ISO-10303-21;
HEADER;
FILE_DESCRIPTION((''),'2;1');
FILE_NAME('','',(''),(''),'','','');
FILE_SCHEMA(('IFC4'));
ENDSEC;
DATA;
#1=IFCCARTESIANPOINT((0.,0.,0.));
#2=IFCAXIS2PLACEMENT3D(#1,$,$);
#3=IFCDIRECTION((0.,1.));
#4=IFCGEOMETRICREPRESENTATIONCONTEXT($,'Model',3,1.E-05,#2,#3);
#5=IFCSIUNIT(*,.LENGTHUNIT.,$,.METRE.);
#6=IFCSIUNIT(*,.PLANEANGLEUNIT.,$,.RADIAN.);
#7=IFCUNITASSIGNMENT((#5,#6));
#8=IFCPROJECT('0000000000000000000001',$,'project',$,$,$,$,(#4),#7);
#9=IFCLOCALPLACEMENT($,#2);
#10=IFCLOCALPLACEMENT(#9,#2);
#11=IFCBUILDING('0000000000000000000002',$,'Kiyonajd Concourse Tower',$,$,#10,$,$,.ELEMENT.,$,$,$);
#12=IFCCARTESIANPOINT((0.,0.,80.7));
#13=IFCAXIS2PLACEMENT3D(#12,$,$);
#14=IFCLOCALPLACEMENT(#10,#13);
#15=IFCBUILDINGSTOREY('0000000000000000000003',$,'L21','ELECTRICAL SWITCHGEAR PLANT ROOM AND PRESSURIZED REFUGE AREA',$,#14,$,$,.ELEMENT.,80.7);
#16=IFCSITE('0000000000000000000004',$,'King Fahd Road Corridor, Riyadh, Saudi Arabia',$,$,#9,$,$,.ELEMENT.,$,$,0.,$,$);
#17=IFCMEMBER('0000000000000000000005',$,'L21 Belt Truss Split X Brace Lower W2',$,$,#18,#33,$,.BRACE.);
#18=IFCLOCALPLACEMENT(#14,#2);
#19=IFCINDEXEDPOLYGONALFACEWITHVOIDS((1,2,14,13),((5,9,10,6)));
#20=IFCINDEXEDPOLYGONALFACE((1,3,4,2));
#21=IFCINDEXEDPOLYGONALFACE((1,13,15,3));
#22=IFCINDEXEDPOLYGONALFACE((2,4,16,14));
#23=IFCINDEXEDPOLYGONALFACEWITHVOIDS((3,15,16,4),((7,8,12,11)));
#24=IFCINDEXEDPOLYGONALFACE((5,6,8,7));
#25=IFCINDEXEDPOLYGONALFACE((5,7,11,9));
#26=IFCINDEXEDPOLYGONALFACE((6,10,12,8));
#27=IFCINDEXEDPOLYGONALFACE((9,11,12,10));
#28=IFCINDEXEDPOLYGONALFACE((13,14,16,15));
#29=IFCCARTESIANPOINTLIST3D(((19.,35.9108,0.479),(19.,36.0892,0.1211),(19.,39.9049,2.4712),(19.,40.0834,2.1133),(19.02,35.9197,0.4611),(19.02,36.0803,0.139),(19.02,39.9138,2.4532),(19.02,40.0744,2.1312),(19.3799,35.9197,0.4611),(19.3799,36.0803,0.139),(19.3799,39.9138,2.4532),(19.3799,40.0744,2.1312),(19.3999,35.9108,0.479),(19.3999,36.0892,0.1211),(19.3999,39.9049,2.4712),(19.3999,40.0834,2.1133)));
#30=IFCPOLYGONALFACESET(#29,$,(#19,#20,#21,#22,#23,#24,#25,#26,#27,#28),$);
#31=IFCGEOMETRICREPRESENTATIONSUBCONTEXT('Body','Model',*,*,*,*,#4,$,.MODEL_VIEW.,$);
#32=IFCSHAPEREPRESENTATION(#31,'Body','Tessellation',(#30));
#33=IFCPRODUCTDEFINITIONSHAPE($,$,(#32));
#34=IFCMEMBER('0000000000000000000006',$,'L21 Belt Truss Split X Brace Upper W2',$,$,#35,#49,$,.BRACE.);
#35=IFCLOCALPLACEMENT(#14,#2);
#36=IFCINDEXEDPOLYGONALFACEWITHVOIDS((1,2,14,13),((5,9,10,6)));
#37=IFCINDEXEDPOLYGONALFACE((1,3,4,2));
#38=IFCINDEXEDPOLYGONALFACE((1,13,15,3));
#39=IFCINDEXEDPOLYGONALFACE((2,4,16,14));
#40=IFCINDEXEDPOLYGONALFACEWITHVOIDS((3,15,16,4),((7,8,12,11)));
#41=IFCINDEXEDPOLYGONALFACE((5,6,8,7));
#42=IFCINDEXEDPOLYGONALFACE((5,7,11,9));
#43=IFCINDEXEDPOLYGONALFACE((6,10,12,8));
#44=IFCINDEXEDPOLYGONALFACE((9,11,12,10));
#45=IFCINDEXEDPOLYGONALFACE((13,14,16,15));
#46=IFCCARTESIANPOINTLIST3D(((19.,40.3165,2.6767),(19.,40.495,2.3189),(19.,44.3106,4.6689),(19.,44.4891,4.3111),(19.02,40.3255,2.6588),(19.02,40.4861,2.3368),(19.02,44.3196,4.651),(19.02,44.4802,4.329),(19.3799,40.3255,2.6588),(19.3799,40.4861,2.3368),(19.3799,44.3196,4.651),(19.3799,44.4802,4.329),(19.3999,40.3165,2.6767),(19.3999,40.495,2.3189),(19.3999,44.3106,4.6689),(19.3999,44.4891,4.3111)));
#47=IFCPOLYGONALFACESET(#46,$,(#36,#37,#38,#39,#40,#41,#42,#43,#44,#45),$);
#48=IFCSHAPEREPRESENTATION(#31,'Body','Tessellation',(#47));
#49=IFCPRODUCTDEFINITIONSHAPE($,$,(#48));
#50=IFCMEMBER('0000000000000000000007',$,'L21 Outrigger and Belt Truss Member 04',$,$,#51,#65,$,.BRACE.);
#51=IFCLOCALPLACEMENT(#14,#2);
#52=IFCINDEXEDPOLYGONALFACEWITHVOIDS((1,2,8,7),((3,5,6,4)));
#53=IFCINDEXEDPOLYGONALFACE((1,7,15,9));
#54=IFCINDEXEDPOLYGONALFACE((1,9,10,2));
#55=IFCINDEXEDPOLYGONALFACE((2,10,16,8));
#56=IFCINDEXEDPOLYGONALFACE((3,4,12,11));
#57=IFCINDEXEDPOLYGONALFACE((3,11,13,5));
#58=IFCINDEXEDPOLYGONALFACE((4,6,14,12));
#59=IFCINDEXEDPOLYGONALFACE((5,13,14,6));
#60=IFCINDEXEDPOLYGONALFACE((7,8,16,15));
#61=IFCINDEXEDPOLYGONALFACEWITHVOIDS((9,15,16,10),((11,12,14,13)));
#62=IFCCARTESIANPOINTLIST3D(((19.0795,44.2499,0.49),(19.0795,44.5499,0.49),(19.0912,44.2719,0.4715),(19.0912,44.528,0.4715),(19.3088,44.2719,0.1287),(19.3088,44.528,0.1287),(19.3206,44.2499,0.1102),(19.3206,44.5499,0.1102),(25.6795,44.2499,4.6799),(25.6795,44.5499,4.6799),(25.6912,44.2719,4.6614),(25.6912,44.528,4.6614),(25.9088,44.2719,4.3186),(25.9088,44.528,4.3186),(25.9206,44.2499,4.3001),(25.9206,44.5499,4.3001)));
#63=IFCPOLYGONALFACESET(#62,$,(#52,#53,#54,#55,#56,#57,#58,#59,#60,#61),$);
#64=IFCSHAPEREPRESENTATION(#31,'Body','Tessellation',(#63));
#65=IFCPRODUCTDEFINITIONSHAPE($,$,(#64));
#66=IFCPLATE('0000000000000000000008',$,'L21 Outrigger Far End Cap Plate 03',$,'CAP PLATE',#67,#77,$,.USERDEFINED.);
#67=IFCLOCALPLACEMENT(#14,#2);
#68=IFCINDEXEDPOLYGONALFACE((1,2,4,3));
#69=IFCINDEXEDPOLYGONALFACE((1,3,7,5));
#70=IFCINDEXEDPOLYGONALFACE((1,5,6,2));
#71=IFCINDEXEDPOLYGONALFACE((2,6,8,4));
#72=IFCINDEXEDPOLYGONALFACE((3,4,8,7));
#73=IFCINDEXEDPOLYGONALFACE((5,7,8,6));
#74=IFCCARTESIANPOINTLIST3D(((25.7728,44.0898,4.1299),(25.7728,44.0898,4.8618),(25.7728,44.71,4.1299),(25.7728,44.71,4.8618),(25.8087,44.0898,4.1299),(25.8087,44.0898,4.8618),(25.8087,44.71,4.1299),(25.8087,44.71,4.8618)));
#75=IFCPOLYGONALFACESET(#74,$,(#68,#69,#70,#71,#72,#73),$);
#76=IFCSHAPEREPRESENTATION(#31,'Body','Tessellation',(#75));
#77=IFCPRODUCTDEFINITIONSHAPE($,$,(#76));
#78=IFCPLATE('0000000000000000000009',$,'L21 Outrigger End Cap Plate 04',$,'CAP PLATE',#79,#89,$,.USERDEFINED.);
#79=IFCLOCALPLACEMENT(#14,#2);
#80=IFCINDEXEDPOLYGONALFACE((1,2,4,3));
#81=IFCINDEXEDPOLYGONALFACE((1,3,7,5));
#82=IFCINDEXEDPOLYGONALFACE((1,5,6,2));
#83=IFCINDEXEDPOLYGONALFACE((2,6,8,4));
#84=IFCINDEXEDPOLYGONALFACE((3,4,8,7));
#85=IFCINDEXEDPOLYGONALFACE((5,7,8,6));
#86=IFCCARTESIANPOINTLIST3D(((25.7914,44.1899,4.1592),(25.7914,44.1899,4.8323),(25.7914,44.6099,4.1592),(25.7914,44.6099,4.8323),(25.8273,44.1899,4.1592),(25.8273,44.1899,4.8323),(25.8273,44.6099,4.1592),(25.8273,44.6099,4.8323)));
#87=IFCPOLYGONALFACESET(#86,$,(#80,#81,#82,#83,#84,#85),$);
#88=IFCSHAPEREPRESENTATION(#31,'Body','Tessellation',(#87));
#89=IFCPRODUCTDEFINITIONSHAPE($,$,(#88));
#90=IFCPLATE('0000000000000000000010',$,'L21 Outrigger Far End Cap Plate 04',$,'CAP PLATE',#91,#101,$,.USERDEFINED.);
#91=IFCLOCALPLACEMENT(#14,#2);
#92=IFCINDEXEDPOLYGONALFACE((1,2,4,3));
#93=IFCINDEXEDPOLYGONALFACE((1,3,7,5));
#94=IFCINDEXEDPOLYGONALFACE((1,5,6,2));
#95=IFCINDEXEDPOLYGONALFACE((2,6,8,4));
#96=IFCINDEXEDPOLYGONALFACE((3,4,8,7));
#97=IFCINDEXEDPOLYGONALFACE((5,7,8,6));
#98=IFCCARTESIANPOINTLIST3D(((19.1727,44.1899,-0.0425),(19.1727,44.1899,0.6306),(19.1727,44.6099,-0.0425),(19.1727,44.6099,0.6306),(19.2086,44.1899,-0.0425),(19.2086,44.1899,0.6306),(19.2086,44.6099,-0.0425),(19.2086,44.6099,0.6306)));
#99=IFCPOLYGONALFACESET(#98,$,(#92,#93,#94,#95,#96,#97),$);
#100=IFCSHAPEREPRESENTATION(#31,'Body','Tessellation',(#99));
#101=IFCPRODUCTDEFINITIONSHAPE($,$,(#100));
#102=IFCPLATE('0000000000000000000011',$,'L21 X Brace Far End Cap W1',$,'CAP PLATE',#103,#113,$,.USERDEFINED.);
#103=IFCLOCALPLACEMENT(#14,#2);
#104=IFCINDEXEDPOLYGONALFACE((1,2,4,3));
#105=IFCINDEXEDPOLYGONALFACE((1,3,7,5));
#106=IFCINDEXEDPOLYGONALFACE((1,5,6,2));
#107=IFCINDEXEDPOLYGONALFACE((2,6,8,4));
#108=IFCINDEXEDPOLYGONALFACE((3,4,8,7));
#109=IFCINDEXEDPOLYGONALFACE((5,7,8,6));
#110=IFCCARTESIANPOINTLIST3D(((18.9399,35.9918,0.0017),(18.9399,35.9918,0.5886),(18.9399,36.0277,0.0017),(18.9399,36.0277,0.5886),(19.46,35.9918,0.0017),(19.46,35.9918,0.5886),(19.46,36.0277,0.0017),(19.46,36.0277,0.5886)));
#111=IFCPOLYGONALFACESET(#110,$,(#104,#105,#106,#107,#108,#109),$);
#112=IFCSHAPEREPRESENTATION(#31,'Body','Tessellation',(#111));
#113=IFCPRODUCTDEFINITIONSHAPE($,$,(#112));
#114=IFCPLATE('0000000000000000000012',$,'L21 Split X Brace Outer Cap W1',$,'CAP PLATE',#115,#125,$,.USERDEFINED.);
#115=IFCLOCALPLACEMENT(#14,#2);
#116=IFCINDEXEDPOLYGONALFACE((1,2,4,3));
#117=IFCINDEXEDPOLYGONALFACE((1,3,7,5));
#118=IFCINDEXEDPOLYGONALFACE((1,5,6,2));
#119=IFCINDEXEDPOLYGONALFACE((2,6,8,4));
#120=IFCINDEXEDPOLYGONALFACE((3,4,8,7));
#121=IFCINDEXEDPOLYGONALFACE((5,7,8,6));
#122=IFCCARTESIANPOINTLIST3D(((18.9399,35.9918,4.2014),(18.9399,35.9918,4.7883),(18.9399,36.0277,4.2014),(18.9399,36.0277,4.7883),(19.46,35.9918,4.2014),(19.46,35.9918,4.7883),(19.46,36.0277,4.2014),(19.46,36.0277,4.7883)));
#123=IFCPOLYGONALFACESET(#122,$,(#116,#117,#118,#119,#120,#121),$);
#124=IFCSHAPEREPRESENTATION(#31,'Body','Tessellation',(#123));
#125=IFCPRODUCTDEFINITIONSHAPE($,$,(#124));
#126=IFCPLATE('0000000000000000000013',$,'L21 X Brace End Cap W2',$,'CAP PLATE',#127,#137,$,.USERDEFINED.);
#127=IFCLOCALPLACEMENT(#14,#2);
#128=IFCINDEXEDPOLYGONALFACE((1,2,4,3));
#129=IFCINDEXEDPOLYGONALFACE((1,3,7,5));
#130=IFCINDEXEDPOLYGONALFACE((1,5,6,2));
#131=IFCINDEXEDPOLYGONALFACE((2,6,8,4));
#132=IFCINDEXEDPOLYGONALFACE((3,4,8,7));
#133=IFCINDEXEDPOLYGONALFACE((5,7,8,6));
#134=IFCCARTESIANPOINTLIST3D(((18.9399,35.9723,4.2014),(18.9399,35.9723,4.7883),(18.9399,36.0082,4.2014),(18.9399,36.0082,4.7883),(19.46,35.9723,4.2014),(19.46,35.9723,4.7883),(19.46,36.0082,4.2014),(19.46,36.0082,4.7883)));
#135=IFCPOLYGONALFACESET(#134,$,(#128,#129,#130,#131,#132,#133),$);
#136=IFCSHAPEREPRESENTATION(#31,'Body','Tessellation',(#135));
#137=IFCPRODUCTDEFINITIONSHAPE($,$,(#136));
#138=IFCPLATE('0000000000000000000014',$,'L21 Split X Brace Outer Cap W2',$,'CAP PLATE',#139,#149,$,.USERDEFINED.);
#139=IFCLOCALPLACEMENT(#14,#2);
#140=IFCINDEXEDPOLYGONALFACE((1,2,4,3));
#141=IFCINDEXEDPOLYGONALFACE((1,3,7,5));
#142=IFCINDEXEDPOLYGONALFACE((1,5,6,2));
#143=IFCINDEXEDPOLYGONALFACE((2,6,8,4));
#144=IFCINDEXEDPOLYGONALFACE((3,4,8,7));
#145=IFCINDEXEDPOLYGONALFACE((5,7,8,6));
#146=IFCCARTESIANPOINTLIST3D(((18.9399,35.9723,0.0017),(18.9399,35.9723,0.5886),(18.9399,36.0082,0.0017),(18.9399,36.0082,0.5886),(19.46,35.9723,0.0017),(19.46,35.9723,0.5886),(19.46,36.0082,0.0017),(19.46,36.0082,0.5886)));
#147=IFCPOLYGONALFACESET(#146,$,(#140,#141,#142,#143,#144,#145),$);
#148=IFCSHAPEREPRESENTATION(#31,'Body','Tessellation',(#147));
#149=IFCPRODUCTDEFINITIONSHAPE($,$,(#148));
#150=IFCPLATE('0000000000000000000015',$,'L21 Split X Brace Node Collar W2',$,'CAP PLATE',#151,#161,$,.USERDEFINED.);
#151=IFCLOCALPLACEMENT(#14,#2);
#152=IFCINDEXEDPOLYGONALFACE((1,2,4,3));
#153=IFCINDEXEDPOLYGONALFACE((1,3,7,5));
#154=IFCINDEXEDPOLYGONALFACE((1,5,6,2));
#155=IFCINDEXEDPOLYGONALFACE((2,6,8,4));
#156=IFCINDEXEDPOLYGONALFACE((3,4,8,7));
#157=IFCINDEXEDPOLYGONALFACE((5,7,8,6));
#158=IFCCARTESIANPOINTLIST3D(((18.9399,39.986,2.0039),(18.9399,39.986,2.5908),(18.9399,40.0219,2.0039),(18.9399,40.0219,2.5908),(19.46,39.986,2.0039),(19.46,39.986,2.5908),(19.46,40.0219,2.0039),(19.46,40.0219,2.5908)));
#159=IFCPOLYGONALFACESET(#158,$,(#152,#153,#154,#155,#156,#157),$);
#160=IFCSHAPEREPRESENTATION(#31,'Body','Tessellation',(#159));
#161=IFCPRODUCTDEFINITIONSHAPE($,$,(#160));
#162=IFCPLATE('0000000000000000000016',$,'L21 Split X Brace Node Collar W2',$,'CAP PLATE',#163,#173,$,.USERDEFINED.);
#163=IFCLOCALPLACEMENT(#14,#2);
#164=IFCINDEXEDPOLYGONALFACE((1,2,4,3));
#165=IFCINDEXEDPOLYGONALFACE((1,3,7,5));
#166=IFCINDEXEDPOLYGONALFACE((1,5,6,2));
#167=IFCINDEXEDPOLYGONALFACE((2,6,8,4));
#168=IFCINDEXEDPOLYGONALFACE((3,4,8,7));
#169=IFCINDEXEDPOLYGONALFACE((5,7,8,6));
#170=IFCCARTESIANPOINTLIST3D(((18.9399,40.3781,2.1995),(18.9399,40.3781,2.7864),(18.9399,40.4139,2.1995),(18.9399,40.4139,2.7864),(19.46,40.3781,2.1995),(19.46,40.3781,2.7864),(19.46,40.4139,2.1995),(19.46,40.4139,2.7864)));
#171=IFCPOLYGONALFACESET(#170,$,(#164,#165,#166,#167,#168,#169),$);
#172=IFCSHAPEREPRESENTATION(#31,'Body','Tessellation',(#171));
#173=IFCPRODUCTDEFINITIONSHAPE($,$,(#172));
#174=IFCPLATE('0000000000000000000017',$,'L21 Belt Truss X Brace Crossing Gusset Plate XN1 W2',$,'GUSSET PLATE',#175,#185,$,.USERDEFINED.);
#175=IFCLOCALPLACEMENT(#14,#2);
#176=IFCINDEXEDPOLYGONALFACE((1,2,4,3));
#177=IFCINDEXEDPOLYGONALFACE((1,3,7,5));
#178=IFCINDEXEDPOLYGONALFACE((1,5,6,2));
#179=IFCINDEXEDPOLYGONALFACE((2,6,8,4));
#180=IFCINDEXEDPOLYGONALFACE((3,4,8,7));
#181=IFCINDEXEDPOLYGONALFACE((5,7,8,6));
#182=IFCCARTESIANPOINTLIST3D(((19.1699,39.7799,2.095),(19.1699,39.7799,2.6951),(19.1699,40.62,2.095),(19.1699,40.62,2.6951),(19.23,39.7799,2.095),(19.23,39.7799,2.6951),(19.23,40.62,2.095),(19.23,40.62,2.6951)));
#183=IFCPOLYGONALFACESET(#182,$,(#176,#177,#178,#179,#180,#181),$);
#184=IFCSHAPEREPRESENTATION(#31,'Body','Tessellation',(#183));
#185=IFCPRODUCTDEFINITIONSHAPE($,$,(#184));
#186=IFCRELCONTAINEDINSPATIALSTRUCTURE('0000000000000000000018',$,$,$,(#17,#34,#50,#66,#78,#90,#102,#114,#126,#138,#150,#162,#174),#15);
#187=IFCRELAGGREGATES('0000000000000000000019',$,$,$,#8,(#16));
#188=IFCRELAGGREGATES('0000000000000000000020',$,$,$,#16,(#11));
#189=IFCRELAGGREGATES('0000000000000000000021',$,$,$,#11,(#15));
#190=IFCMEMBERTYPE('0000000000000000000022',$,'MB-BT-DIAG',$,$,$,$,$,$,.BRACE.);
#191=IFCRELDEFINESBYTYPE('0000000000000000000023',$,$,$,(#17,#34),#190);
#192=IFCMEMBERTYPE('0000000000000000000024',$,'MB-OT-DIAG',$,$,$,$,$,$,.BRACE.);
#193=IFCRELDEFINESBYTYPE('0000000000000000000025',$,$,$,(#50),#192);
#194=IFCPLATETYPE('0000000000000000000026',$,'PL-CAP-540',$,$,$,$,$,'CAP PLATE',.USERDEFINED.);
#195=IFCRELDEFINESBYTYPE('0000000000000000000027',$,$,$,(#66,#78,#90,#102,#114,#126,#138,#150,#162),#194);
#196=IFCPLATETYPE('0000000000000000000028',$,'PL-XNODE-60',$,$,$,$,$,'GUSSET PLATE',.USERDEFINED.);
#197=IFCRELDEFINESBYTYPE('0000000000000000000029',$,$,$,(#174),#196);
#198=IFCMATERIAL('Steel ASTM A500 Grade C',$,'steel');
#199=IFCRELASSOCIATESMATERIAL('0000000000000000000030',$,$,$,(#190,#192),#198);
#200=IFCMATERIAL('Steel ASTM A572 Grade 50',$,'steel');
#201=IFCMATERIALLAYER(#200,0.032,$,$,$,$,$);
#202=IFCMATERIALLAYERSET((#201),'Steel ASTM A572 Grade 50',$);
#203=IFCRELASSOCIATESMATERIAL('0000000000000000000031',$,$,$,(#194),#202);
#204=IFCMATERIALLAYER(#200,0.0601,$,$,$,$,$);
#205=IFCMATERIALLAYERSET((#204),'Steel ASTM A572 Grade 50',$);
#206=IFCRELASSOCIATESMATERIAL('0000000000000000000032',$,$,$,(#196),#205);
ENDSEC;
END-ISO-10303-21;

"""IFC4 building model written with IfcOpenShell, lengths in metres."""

from ifc_helpers import new_model, si_unit, direction, frame, origin, origin_2d, place, context, subcontext, project, spatial, rectangle, hollow_rectangle, extrude, material, layer, layer_set, material_profile, profile_set, type_object, element, save


model = new_model("IFC4")

# Units and contexts
model_context = context("Model", 3, precision=1e-05, world=origin(), true_north=direction((0.0, 1.0)))
body_context = subcontext(model_context, "Body", "Model", "MODEL_VIEW")
ifc_project = project(units=[si_unit("LENGTHUNIT", "METRE"), si_unit("PLANEANGLEUNIT", "RADIAN")], contexts=[model_context])

# Site, building, storey
site_placement = place(None, origin())
site = spatial("IfcSite", under=ifc_project, at=site_placement, Name="King Fahd Road Corridor, Riyadh, Saudi Arabia", CompositionType="ELEMENT", RefElevation=0.0)
building_placement = place(site_placement, origin())
building = spatial("IfcBuilding", under=site, at=building_placement, Name="Kiyonajd Concourse Tower", CompositionType="ELEMENT")
storey_placement = place(building_placement, frame((0.0, 0.0, 80.7)))
storey = spatial("IfcBuildingStorey", under=building, at=storey_placement, Name="L21", Description="ELECTRICAL SWITCHGEAR PLANT ROOM AND PRESSURIZED REFUGE AREA", CompositionType="ELEMENT", Elevation=80.7)

# Members
ifc_material_1 = material(Name="Steel ASTM A500 Grade C", Category="steel")
ifc_material_profile_1 = material_profile(ifc_material_1, hollow_rectangle(XDim=0.3999, YDim=0.3999, WallThickness=0.02, at=origin_2d()), Name="HSS-400x400x20")
ifc_profile_set_1 = profile_set([ifc_material_profile_1], Name="Steel ASTM A500 Grade C")
member_type_1 = type_object("IfcMemberType", Name="MB-BT-DIAG", PredefinedType="BRACE", material=ifc_profile_set_1)
for number, where, z_axis, x_axis, name in (
    (1, (19.2, 36.0, 0.3), (0.0, 0.894864, 0.446338), (-1.0, 0.0, 0.0), "L21 Belt Truss Split X Brace Lower W2"),
    (2, (19.2, 40.4058, 2.4978), (0.0, 0.894864, 0.446338), (-1.0, 0.0, 0.0), "L21 Belt Truss Split X Brace Upper W2"),
):
    element("IfcMember", number, at=place(storey_placement, frame(where, z_axis=z_axis, x_axis=x_axis)), inside=storey, type_object=member_type_1, Name=name, PredefinedType="BRACE", context=body_context, shape_type="SweptSolid", body=[
        extrude(hollow_rectangle(XDim=0.3999, YDim=0.3999, WallThickness=0.02, at=origin_2d()), origin(), (0.0, 0.0, 1.0), 4.4634),
    ])
ifc_material_profile_2 = material_profile(ifc_material_1, hollow_rectangle(XDim=0.3, YDim=0.45, WallThickness=0.022, at=origin_2d()), Name="HSS-450x300x22")
ifc_profile_set_2 = profile_set([ifc_material_profile_2], Name="Steel ASTM A500 Grade C")
member_type_2 = type_object("IfcMemberType", Name="MB-OT-DIAG", PredefinedType="BRACE", material=ifc_profile_set_2)
member_1_placement = place(storey_placement, frame((25.8, 44.3999, 4.49), z_axis=(-0.844247, 0.0, -0.535954), x_axis=(0.0, -1.0, 0.0)))
element("IfcMember", 3, at=member_1_placement, inside=storey, type_object=member_type_2, Name="L21 Outrigger and Belt Truss Member 04", PredefinedType="BRACE", context=body_context, shape_type="SweptSolid", body=[
    extrude(hollow_rectangle(XDim=0.3, YDim=0.45, WallThickness=0.022, at=origin_2d()), origin(), (0.0, 0.0, 1.0), 7.8176),
])

# Plates
ifc_material_2 = material(Name="Steel ASTM A572 Grade 50", Category="steel")
ifc_layer_1 = layer(ifc_material_2, 0.032)
ifc_layer_set_1 = layer_set([ifc_layer_1], Name="Steel ASTM A572 Grade 50")
plate_type_1 = type_object("IfcPlateType", Name="PL-CAP-540", ElementType="CAP PLATE", PredefinedType="USERDEFINED", material=ifc_layer_set_1)
plate_1_placement = place(storey_placement, frame((25.7908, 44.3999, 4.1299), z_axis=(0.0, 0.0, 1.0), x_axis=(-1.0, 0.0, 0.0)))
element("IfcPlate", 4, at=plate_1_placement, inside=storey, type_object=plate_type_1, Name="L21 Outrigger Far End Cap Plate 03", ObjectType="CAP PLATE", PredefinedType="USERDEFINED", context=body_context, shape_type="SweptSolid", body=[
    extrude(rectangle(XDim=0.0359, YDim=0.6201, at=origin_2d()), origin(), (0.0, 0.0, 1.0), 0.7319),
])
for number, where, z_axis, x_axis, name in (
    (5, (25.8093, 44.3999, 4.1592), (0.0, 0.0, 1.0), (1.0, 0.0, 0.0), "L21 Outrigger End Cap Plate 04"),
    (6, (19.1907, 44.3999, -0.0425), (0.0, 0.0, 1.0), (-1.0, 0.0, 0.0), "L21 Outrigger Far End Cap Plate 04"),
):
    element("IfcPlate", number, at=place(storey_placement, frame(where, z_axis=z_axis, x_axis=x_axis)), inside=storey, type_object=plate_type_1, Name=name, ObjectType="CAP PLATE", PredefinedType="USERDEFINED", context=body_context, shape_type="SweptSolid", body=[
        extrude(rectangle(XDim=0.0359, YDim=0.4199, at=origin_2d()), origin(), (0.0, 0.0, 1.0), 0.6731),
    ])
for number, where, z_axis, x_axis, name in (
    (7, (19.2, 36.0098, 0.0017), (0.0, 0.0, 1.0), (0.0, 1.0, 0.0), "L21 X Brace Far End Cap W1"),
    (8, (19.2, 36.0098, 4.2014), (0.0, 0.0, 1.0), (0.0, 1.0, 0.0), "L21 Split X Brace Outer Cap W1"),
    (9, (19.2, 35.9902, 4.2014), (0.0, 0.0, 1.0), (0.0, -1.0, 0.0), "L21 X Brace End Cap W2"),
    (10, (19.2, 35.9902, 0.0017), (0.0, 0.0, 1.0), (0.0, -1.0, 0.0), "L21 Split X Brace Outer Cap W2"),
    (11, (19.2, 40.0039, 2.0039), (0.0, 0.0, 1.0), (0.0, 1.0, 0.0), "L21 Split X Brace Node Collar W2"),
    (12, (19.2, 40.396, 2.1995), (0.0, 0.0, 1.0), (0.0, -1.0, 0.0), "L21 Split X Brace Node Collar W2"),
):
    element("IfcPlate", number, at=place(storey_placement, frame(where, z_axis=z_axis, x_axis=x_axis)), inside=storey, type_object=plate_type_1, Name=name, ObjectType="CAP PLATE", PredefinedType="USERDEFINED", context=body_context, shape_type="SweptSolid", body=[
        extrude(rectangle(XDim=0.0359, YDim=0.52, at=origin_2d()), origin(), (0.0, 0.0, 1.0), 0.5869),
    ])
ifc_layer_2 = layer(ifc_material_2, 0.0601)
ifc_layer_set_2 = layer_set([ifc_layer_2], Name="Steel ASTM A572 Grade 50")
plate_type_2 = type_object("IfcPlateType", Name="PL-XNODE-60", ElementType="GUSSET PLATE", PredefinedType="USERDEFINED", material=ifc_layer_set_2)
plate_2_placement = place(storey_placement, frame((19.2, 40.2, 2.095), z_axis=(0.0, 0.0, 1.0), x_axis=(1.0, 0.0, 0.0)))
element("IfcPlate", 13, at=plate_2_placement, inside=storey, type_object=plate_type_2, Name="L21 Belt Truss X Brace Crossing Gusset Plate XN1 W2", ObjectType="GUSSET PLATE", PredefinedType="USERDEFINED", context=body_context, shape_type="SweptSolid", body=[
    extrude(rectangle(XDim=0.0601, YDim=0.8401, at=origin_2d()), origin(), (0.0, 0.0, 1.0), 0.6001),
])

save(model, "model.ifc")
